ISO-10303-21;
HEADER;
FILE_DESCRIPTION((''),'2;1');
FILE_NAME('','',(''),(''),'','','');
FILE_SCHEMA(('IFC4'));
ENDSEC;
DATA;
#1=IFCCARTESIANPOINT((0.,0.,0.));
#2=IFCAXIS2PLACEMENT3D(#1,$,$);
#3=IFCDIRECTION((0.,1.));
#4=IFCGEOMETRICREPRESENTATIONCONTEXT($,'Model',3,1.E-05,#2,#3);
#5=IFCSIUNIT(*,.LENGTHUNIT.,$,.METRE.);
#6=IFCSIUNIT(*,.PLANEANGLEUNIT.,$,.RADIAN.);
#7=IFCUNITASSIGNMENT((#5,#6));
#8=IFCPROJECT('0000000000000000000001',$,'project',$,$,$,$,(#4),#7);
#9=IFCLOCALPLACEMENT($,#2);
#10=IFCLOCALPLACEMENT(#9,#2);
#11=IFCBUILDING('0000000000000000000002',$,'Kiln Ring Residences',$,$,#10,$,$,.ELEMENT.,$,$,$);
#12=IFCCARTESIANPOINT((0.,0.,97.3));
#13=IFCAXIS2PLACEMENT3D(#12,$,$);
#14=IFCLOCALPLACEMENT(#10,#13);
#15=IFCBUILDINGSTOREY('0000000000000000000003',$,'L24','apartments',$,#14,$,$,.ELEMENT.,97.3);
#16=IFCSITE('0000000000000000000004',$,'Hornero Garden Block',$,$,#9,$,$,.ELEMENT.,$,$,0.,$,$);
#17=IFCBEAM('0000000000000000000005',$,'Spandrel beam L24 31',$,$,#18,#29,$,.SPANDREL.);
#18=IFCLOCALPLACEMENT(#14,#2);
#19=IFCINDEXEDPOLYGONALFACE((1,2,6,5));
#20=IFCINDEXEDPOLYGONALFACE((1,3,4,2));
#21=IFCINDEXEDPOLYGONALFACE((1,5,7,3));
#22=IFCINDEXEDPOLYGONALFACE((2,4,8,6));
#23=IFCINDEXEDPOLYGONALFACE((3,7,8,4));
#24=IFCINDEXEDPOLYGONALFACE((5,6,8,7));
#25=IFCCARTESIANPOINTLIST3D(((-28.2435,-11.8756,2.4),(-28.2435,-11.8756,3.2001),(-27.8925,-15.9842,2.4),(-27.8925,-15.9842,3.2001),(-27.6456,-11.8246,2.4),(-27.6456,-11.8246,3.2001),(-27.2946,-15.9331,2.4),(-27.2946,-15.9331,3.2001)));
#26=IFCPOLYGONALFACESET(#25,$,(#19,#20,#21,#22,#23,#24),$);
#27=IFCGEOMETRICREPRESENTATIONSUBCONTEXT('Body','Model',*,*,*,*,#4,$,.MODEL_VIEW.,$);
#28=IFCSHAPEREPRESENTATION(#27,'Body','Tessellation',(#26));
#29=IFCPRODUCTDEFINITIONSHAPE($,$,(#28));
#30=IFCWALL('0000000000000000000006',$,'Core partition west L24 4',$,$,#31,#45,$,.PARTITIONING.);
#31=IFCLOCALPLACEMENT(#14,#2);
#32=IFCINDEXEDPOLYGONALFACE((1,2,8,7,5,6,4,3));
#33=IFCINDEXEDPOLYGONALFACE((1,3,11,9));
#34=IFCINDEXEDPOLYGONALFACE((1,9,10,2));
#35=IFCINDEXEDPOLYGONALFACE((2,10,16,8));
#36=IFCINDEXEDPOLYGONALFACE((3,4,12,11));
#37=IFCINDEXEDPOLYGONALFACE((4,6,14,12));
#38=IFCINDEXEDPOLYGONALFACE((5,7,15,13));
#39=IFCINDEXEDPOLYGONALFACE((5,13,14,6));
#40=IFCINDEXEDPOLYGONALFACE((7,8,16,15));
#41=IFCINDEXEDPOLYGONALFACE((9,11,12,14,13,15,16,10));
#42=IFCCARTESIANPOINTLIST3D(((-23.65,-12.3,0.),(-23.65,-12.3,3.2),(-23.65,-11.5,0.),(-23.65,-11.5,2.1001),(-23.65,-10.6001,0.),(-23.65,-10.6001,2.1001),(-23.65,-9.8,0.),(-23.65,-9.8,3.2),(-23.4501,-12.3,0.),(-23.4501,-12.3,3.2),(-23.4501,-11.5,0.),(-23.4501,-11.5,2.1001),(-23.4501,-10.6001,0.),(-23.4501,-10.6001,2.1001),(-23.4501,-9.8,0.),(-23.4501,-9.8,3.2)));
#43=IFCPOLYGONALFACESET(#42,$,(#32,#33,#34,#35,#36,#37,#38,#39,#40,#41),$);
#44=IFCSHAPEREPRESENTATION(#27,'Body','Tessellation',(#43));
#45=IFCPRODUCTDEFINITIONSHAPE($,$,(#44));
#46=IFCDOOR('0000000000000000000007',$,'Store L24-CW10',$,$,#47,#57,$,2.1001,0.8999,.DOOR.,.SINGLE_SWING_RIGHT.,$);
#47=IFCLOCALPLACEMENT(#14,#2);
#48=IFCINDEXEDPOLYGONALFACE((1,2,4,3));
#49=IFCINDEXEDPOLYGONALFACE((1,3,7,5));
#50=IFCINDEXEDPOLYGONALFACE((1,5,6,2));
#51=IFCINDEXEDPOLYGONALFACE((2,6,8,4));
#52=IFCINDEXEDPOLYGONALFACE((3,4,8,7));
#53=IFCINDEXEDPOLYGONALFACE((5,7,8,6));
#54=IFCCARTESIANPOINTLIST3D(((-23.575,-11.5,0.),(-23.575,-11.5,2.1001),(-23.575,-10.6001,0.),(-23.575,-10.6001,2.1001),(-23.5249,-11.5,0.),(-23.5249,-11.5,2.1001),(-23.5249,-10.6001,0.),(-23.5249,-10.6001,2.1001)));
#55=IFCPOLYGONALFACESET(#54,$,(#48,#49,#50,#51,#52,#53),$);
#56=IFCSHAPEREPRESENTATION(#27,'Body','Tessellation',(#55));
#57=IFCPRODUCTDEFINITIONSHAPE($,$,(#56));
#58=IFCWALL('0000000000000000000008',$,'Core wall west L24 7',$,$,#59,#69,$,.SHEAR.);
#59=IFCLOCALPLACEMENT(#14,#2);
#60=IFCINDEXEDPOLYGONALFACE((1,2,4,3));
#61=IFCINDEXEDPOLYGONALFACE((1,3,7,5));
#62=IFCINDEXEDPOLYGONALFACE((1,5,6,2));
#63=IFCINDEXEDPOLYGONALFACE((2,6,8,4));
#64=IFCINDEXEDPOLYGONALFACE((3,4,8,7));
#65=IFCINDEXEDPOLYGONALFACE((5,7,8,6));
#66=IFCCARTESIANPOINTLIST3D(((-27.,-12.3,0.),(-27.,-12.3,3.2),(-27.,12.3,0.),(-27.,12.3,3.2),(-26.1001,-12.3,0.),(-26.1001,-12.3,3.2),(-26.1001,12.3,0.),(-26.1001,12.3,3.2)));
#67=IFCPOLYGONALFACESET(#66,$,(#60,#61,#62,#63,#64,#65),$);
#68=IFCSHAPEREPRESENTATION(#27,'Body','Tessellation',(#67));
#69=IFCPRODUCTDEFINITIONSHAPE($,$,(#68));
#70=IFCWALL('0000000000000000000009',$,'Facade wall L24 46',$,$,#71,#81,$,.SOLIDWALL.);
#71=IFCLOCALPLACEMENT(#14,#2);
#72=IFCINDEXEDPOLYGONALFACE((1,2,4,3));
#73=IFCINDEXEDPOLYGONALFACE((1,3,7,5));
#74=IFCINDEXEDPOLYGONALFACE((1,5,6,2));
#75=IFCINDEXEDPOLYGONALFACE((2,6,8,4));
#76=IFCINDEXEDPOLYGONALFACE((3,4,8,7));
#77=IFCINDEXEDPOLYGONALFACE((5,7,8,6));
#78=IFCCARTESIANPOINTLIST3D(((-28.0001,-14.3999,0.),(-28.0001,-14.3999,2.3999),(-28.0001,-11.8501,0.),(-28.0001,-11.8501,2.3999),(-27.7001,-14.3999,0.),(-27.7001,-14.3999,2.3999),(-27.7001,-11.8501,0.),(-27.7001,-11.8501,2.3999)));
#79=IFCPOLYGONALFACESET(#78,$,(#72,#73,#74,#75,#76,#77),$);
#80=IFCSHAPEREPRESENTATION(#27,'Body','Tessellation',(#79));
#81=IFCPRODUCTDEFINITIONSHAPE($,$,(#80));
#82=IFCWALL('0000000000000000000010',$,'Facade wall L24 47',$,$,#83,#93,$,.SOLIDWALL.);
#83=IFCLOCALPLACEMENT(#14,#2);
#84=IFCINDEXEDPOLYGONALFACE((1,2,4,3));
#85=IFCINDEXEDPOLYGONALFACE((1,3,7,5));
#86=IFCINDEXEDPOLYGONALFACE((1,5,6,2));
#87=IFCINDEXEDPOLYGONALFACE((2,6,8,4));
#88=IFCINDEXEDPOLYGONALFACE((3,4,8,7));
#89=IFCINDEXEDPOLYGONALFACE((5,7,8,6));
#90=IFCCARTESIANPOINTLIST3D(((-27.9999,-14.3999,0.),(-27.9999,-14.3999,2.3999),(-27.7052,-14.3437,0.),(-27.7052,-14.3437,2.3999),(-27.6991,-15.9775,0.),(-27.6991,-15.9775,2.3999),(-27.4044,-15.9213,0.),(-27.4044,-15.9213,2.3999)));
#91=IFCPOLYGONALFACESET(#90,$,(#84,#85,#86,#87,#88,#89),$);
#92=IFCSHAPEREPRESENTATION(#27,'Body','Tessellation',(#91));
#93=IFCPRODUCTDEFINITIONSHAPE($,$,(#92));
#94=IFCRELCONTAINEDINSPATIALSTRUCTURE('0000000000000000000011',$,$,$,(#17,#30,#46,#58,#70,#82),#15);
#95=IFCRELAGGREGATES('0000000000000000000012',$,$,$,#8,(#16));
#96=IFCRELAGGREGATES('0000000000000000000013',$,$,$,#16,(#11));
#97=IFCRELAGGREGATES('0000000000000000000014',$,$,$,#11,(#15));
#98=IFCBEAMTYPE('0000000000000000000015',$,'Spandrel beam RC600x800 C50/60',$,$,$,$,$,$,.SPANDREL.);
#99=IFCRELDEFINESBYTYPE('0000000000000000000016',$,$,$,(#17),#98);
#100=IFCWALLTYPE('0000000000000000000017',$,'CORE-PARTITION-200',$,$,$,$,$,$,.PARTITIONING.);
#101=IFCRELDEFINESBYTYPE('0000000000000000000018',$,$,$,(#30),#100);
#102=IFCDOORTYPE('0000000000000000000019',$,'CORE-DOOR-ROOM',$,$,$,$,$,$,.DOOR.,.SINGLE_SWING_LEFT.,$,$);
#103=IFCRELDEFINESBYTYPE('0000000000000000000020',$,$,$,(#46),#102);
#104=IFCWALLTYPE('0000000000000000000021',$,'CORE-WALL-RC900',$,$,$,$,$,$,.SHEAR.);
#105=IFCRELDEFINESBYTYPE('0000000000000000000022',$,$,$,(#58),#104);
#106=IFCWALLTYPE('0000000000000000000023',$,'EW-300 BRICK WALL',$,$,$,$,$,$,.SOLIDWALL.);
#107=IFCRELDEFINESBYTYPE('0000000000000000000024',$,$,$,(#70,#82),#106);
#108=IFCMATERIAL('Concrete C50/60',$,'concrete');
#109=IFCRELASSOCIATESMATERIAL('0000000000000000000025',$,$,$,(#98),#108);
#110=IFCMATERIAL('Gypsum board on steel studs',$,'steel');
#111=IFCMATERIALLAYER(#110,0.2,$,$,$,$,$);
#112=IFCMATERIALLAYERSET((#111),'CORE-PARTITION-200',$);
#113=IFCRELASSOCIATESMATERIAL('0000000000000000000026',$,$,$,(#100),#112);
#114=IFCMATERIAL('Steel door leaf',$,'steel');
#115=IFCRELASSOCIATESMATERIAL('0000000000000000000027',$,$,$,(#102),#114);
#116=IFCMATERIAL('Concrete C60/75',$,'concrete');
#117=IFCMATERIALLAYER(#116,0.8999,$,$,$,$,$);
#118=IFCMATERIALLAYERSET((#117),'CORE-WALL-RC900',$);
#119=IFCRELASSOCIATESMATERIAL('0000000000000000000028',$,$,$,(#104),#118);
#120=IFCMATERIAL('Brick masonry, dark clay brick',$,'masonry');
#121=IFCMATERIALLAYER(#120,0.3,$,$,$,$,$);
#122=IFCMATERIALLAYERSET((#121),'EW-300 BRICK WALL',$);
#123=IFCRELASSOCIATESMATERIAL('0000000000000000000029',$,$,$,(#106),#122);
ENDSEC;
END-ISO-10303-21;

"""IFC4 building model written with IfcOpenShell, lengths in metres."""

from ifc_helpers import new_model, si_unit, direction, frame, frame_2d, origin, origin_2d, place, context, subcontext, project, spatial, rectangle, extrude, material, layer, layer_set, material_profile, profile_set, type_object, element, fill, save


model = new_model("IFC4")

# Units and contexts
model_context = context("Model", 3, precision=1e-05, world=origin(), true_north=direction((0.0, 1.0)))
body_context = subcontext(model_context, "Body", "Model", "MODEL_VIEW")
ifc_project = project(units=[si_unit("LENGTHUNIT", "METRE"), si_unit("PLANEANGLEUNIT", "RADIAN")], contexts=[model_context])

# Site, building, storey
site_placement = place(None, origin())
site = spatial("IfcSite", under=ifc_project, at=site_placement, Name="Hornero Garden Block", CompositionType="ELEMENT", RefElevation=0.0)
building_placement = place(site_placement, origin())
building = spatial("IfcBuilding", under=site, at=building_placement, Name="Kiln Ring Residences", CompositionType="ELEMENT")
storey_placement = place(building_placement, frame((0.0, 0.0, 97.3)))
storey = spatial("IfcBuildingStorey", under=building, at=storey_placement, Name="L24", Description="apartments", CompositionType="ELEMENT", Elevation=97.3)

# Beam
ifc_material_1 = material(Name="Concrete C50/60", Category="concrete")
ifc_material_profile = material_profile(ifc_material_1, rectangle(XDim=0.6001, YDim=0.8, at=origin_2d()), Name="RC600x800")
ifc_profile_set = profile_set([ifc_material_profile], Name="Concrete C50/60")
beam_type = type_object("IfcBeamType", Name="Spandrel beam RC600x800 C50/60", PredefinedType="SPANDREL", material=ifc_profile_set)
beam_placement = place(storey_placement, frame((-27.9446, -11.8501, 2.8), z_axis=(0.085137, -0.996369, 0.0), x_axis=(0.996369, 0.085137, 0.0)))
element("IfcBeam", 1, at=beam_placement, inside=storey, type_object=beam_type, Name="Spandrel beam L24 31", PredefinedType="SPANDREL", context=body_context, shape_type="SweptSolid", body=[
    extrude(rectangle(XDim=0.6001, YDim=0.8, at=origin_2d()), origin(), (0.0, 0.0, 1.0), 4.1235),
])

# Wall, opening, door
ifc_material_2 = material(Name="Gypsum board on steel studs", Category="steel")
ifc_layer_1 = layer(ifc_material_2, 0.2)
ifc_layer_set_1 = layer_set([ifc_layer_1], Name="CORE-PARTITION-200")
wall_type_1 = type_object("IfcWallType", Name="CORE-PARTITION-200", PredefinedType="PARTITIONING", material=ifc_layer_set_1)
wall_1_placement = place(storey_placement, frame((-23.55, -12.3, 0.0), z_axis=(0.0, 0.0, 1.0), x_axis=(0.0, 1.0, 0.0)))
wall_1 = element("IfcWall", 2, at=wall_1_placement, inside=storey, type_object=wall_type_1, Name="Core partition west L24 4", PredefinedType="PARTITIONING", context=body_context, shape_type="SweptSolid", body=[
    extrude(rectangle(XDim=2.5, YDim=0.2, at=frame_2d((1.25, 0.0))), origin(), (0.0, 0.0, 1.0), 3.2),
])
opening_1_placement = place(wall_1_placement, frame((0.8, 0.0, 0.0)))
opening_1 = element("IfcOpeningElement", 3, at=opening_1_placement, cuts=wall_1, PredefinedType="OPENING", context=body_context, shape_type="SweptSolid", body=[
    extrude(rectangle(XDim=0.8999, YDim=2.1001, at=frame_2d((0.45, 1.05))), frame((0.0, 0.1099, 0.0), z_axis=(0.0, -1.0, 0.0), x_axis=(1.0, 0.0, 0.0)), (0.0, 0.0, 1.0), 0.22),
])
ifc_material_3 = material(Name="Steel door leaf", Category="steel")
door_type_1 = type_object("IfcDoorType", Name="CORE-DOOR-ROOM", OperationType="SINGLE_SWING_LEFT", PredefinedType="DOOR", material=ifc_material_3)
door_1_placement = place(opening_1_placement, origin())
door_1 = element("IfcDoor", 4, at=door_1_placement, inside=storey, type_object=door_type_1, Name="Store L24-CW10", OperationType="SINGLE_SWING_RIGHT", OverallHeight=2.1001, OverallWidth=0.8999, PredefinedType="DOOR", context=body_context, shape_type="SweptSolid", body=[
    extrude(rectangle(XDim=0.8999, YDim=2.1001, at=frame_2d((0.45, 1.05))), frame((0.0, 0.0249, 0.0), z_axis=(0.0, -1.0, 0.0), x_axis=(1.0, 0.0, 0.0)), (0.0, 0.0, 1.0), 0.05),
])
fill(opening_1, door_1)

# Walls
ifc_material_4 = material(Name="Concrete C60/75", Category="concrete")
ifc_layer_2 = layer(ifc_material_4, 0.8999)
ifc_layer_set_2 = layer_set([ifc_layer_2], Name="CORE-WALL-RC900")
wall_type_2 = type_object("IfcWallType", Name="CORE-WALL-RC900", PredefinedType="SHEAR", material=ifc_layer_set_2)
wall_2_placement = place(storey_placement, frame((-26.55, -12.3, 0.0), z_axis=(0.0, 0.0, 1.0), x_axis=(0.0, 1.0, 0.0)))
element("IfcWall", 5, at=wall_2_placement, inside=storey, type_object=wall_type_2, Name="Core wall west L24 7", PredefinedType="SHEAR", context=body_context, shape_type="SweptSolid", body=[
    extrude(rectangle(XDim=24.6001, YDim=0.8999, at=frame_2d((12.3, 0.0))), origin(), (0.0, 0.0, 1.0), 3.2),
])
ifc_material_5 = material(Name="Brick masonry, dark clay brick", Category="masonry")
ifc_layer_3 = layer(ifc_material_5, 0.3)
ifc_layer_set_3 = layer_set([ifc_layer_3], Name="EW-300 BRICK WALL")
wall_type_3 = type_object("IfcWallType", Name="EW-300 BRICK WALL", PredefinedType="SOLIDWALL", material=ifc_layer_set_3)
wall_3_placement = place(storey_placement, frame((-27.8501, -11.8501, 0.0), z_axis=(0.0, 0.0, 1.0), x_axis=(0.0, -1.0, 0.0)))
element("IfcWall", 6, at=wall_3_placement, inside=storey, type_object=wall_type_3, Name="Facade wall L24 46", PredefinedType="SOLIDWALL", context=body_context, shape_type="SweptSolid", body=[
    extrude(rectangle(XDim=2.5498, YDim=0.3, at=frame_2d((1.2749, 0.0))), origin(), (0.0, 0.0, 1.0), 2.3999),
])
wall_4_placement = place(storey_placement, frame((-27.8525, -14.3718, 0.0), z_axis=(0.0, 0.0, 1.0), x_axis=(0.18728, -0.982307, 0.0)))
element("IfcWall", 7, at=wall_4_placement, inside=storey, type_object=wall_type_3, Name="Facade wall L24 47", PredefinedType="SOLIDWALL", context=body_context, shape_type="SweptSolid", body=[
    extrude(rectangle(XDim=1.606, YDim=0.3, at=frame_2d((0.803, 0.0))), origin(), (0.0, 0.0, 1.0), 2.3999),
])

save(model, "model.ifc")
